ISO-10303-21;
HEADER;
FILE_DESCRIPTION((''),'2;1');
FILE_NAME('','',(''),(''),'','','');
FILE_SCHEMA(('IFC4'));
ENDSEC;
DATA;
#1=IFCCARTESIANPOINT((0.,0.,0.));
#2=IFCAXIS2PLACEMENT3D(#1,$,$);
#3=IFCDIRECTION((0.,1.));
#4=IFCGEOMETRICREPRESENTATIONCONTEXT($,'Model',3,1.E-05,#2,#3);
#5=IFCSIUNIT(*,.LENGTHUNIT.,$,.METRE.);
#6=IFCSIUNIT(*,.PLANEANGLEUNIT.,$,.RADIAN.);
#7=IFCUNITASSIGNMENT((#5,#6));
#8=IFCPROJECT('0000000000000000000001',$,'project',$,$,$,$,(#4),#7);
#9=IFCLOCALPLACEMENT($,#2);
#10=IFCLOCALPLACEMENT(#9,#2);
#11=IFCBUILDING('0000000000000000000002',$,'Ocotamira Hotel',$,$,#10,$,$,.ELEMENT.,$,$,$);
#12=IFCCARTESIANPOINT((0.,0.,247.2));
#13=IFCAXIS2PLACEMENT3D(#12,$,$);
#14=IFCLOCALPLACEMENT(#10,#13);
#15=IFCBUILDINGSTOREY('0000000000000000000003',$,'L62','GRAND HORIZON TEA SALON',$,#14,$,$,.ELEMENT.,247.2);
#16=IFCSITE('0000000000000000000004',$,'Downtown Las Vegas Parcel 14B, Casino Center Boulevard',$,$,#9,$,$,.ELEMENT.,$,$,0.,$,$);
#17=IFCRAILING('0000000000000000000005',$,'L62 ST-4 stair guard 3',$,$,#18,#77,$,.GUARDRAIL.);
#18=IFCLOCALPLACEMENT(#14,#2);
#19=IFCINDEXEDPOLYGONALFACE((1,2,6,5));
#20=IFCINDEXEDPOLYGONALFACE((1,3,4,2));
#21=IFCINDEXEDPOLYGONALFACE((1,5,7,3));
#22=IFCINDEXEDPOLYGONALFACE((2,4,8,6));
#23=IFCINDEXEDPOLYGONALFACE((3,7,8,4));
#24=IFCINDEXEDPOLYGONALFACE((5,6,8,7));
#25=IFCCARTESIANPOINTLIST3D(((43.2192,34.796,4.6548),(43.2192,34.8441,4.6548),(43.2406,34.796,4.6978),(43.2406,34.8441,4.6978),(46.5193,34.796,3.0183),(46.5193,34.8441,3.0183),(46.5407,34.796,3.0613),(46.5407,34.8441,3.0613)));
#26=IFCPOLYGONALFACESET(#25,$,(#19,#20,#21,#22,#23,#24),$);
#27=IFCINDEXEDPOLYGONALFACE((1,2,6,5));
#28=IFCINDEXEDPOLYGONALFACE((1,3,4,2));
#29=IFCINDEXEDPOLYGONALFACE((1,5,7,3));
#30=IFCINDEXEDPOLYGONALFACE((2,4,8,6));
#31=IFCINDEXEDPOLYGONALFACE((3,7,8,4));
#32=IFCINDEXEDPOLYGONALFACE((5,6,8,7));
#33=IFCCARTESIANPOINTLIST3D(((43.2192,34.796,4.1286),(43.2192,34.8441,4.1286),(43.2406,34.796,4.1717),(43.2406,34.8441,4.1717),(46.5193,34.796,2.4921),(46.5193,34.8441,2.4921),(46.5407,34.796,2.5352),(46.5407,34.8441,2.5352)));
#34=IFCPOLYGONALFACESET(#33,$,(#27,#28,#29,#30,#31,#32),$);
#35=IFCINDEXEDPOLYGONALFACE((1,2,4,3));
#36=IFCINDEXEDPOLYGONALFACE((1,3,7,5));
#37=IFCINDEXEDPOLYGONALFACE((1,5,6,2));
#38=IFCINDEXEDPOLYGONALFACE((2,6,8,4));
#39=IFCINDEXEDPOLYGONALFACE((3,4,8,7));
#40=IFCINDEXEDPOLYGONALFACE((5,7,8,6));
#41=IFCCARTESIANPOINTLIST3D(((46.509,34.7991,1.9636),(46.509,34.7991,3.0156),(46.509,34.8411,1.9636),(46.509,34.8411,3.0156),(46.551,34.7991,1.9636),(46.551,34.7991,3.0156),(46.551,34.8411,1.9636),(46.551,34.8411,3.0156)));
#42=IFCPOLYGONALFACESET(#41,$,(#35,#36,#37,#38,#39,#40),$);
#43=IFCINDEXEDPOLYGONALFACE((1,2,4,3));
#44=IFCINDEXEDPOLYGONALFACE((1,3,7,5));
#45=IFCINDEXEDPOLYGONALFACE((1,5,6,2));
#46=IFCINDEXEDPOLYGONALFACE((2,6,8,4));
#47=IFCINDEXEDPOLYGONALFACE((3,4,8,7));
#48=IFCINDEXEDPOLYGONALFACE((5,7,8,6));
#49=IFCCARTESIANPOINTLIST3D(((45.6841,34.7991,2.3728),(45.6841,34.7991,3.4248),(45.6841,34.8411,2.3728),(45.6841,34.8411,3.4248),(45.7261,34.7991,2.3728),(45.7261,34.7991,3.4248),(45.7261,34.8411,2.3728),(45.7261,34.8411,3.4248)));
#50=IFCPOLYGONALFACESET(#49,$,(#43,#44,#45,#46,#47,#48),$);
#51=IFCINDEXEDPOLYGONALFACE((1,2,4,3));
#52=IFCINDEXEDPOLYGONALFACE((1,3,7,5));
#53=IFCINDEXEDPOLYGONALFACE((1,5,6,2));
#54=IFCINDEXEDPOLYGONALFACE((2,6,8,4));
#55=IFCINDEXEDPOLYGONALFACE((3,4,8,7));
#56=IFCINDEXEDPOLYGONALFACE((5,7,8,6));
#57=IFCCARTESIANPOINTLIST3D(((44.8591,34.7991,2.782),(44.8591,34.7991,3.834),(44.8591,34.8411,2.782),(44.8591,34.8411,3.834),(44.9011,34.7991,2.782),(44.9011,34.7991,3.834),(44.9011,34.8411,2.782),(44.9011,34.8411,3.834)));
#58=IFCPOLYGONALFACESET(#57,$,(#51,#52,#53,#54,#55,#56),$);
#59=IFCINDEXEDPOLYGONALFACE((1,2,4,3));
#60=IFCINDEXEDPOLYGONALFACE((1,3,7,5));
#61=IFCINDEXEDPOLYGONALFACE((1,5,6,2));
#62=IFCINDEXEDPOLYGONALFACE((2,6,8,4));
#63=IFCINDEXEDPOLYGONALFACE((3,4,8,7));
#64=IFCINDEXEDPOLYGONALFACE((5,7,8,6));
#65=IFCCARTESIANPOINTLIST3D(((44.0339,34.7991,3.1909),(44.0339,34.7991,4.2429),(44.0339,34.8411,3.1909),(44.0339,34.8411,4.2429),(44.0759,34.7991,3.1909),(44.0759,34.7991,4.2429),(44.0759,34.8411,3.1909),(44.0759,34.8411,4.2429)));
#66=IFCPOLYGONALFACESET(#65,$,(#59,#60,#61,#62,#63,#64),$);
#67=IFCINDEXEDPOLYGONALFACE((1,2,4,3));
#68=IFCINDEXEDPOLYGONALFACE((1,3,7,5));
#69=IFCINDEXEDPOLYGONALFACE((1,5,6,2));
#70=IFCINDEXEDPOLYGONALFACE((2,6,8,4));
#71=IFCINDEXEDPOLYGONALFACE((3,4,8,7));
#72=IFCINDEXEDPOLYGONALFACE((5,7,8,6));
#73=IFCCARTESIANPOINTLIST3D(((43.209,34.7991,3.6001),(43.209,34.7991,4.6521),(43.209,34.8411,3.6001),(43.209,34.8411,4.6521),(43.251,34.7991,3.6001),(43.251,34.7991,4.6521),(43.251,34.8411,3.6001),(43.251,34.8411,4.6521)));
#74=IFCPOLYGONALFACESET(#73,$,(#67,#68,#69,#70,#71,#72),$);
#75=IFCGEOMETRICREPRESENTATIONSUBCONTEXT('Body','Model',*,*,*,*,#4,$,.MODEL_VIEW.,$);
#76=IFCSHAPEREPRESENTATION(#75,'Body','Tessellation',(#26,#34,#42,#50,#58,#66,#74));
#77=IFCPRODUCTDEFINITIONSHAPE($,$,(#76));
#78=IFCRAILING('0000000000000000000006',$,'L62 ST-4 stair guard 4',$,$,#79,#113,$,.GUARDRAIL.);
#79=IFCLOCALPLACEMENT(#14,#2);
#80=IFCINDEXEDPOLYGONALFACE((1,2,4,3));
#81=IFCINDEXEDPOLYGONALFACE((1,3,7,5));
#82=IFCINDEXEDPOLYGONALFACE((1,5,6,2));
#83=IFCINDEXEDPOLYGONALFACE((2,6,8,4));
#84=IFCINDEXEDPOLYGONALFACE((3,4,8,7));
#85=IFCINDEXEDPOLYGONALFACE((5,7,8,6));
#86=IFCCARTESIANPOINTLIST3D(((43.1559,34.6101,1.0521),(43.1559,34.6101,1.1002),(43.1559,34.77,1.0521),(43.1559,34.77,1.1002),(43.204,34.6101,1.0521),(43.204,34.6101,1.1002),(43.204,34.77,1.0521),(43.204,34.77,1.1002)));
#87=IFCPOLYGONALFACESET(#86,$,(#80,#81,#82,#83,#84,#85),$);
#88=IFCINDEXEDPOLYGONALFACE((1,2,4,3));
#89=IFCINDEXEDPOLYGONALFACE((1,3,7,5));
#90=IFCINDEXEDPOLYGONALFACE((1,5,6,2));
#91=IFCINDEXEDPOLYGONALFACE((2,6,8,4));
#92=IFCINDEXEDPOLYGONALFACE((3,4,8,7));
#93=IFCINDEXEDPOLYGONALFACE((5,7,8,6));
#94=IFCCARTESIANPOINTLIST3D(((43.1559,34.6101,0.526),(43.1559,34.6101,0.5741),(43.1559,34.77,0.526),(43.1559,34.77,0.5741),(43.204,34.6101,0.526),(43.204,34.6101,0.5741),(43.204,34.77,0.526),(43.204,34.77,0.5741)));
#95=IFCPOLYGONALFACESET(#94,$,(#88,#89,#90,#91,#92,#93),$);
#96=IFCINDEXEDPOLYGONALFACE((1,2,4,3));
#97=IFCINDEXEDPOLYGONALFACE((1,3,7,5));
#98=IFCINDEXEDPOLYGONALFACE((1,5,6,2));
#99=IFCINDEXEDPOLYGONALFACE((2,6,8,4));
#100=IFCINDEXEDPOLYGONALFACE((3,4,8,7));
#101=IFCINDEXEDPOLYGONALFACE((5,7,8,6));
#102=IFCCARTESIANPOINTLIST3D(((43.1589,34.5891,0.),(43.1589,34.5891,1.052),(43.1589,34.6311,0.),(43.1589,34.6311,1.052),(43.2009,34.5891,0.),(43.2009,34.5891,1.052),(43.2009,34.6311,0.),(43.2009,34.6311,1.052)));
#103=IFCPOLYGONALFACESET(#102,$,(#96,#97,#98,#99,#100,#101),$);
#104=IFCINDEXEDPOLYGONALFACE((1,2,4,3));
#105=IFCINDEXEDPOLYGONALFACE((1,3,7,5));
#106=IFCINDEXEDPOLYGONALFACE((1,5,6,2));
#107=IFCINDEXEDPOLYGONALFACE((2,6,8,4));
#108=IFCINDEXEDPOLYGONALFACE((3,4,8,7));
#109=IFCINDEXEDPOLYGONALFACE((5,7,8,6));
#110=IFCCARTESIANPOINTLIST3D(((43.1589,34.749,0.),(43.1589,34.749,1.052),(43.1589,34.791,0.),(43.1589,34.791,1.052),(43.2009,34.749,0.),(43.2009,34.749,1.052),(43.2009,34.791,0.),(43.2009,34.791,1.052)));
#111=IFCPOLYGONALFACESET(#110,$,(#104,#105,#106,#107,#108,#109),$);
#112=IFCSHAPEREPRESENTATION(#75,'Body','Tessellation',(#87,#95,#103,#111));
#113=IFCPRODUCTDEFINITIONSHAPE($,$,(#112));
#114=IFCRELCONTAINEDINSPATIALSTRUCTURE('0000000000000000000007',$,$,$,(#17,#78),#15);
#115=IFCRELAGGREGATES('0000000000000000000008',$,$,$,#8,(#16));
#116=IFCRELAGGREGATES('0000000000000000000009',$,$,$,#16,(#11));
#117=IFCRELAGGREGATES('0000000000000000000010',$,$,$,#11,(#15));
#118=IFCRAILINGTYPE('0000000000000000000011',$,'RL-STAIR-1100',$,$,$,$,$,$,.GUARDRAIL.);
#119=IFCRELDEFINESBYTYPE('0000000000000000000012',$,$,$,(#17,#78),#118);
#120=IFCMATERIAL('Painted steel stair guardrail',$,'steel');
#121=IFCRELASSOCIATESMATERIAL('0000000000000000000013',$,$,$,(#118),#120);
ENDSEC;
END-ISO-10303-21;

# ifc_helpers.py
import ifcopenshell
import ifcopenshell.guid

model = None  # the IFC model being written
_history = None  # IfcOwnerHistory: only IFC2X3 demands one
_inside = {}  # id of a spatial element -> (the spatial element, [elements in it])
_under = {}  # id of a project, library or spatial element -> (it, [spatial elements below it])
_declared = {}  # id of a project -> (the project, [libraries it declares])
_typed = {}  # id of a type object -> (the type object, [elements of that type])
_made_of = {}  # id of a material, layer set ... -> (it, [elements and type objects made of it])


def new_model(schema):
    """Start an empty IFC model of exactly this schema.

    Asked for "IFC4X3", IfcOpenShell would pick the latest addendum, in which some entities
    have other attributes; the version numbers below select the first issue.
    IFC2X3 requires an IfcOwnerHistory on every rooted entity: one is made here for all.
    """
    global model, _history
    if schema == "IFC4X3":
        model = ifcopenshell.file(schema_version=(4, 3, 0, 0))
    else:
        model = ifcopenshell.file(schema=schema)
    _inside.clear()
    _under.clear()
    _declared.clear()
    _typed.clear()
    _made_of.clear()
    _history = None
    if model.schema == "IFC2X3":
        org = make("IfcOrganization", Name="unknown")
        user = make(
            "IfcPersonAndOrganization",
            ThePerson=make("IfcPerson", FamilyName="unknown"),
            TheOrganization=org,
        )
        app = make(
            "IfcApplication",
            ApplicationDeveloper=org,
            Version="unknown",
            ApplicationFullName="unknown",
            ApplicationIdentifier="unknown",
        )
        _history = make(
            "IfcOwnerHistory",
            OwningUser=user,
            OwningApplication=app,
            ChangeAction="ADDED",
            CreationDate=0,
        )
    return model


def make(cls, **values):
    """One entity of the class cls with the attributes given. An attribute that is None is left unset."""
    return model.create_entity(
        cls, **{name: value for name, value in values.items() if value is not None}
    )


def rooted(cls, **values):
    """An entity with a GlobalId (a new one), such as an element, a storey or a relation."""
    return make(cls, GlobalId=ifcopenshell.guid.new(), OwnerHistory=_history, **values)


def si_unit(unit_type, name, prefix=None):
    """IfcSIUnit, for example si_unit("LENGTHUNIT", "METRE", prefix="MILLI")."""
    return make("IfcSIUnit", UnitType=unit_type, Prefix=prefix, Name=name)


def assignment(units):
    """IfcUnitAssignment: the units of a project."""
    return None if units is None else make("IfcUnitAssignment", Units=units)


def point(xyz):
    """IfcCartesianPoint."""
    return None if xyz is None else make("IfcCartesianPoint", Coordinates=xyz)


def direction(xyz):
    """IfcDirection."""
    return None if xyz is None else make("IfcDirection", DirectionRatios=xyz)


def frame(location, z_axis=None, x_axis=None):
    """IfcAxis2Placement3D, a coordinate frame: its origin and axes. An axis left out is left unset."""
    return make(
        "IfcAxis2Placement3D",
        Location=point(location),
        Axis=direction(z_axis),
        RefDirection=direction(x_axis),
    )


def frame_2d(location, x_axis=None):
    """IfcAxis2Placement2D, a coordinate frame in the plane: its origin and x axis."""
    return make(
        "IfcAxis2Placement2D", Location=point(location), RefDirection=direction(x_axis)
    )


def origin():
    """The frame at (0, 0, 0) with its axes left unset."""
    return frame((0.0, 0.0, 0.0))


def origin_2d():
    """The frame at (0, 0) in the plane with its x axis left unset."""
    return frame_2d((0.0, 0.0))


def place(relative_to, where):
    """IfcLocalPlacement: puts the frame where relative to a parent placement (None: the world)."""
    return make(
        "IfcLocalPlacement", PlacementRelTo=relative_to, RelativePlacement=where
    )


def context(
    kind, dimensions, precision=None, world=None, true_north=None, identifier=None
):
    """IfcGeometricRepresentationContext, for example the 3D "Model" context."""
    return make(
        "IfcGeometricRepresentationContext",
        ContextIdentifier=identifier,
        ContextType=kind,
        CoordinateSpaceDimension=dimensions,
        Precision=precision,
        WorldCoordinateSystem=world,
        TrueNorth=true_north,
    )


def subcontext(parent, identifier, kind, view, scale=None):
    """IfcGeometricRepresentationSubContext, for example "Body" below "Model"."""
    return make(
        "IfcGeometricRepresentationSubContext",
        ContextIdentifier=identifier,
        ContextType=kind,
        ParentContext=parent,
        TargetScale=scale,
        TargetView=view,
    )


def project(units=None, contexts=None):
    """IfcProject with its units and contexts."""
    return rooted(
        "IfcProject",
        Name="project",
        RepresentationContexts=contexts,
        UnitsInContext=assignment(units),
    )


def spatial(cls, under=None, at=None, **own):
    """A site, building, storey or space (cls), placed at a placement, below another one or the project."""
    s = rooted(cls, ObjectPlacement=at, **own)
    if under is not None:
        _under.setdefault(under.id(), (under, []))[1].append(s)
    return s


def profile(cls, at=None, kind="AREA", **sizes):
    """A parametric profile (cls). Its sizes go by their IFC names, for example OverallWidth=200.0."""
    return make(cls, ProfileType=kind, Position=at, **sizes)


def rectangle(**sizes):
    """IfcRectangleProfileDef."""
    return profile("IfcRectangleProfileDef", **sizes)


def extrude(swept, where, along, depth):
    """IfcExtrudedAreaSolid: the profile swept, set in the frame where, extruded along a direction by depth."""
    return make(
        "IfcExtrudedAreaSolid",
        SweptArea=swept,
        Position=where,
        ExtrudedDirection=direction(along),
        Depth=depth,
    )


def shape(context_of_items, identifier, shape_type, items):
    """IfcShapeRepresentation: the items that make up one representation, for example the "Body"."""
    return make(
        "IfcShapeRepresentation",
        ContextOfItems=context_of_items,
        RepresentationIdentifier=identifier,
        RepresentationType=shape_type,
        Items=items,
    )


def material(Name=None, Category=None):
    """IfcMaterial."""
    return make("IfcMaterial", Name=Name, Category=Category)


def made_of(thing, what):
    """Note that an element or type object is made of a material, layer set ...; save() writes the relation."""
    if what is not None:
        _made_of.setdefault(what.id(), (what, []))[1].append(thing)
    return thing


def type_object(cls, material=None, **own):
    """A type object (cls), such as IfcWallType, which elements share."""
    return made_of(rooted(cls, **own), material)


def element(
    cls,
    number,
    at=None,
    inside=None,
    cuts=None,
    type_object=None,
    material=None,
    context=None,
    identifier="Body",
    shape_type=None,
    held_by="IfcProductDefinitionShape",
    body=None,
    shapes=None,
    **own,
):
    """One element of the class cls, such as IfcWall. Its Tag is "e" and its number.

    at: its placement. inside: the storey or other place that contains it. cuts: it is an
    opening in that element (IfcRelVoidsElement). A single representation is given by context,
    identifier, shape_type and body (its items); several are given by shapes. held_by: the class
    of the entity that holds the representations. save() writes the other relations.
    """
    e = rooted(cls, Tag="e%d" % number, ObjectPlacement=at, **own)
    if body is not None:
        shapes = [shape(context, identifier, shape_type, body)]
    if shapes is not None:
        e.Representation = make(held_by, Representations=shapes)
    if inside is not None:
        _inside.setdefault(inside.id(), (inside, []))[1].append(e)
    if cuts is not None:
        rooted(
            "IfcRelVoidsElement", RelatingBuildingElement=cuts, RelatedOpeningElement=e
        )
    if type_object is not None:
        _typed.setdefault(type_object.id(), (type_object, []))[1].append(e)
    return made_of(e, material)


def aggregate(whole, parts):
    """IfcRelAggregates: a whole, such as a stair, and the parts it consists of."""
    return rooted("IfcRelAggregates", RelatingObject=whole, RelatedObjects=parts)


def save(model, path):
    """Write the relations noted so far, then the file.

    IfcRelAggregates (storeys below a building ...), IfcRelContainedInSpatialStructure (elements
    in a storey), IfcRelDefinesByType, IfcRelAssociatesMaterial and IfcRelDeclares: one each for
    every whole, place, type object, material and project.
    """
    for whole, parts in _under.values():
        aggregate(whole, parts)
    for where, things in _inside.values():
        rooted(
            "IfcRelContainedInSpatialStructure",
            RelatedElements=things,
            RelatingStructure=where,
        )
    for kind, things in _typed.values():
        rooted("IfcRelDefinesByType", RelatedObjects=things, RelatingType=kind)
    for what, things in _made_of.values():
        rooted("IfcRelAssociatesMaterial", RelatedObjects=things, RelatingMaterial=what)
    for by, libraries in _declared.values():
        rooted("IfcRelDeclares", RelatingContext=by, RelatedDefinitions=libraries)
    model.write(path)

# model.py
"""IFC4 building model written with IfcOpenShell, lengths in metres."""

from ifc_helpers import new_model, si_unit, direction, frame, origin, origin_2d, place, context, subcontext, project, spatial, rectangle, extrude, material, type_object, element, save


model = new_model("IFC4")

# Units and contexts
model_context = context("Model", 3, precision=1e-05, world=origin(), true_north=direction((0.0, 1.0)))
body_context = subcontext(model_context, "Body", "Model", "MODEL_VIEW")
ifc_project = project(units=[si_unit("LENGTHUNIT", "METRE"), si_unit("PLANEANGLEUNIT", "RADIAN")], contexts=[model_context])

# Site, building, storey
site_placement = place(None, origin())
site = spatial("IfcSite", under=ifc_project, at=site_placement, Name="Downtown Las Vegas Parcel 14B, Casino Center Boulevard", CompositionType="ELEMENT", RefElevation=0.0)
building_placement = place(site_placement, origin())
building = spatial("IfcBuilding", under=site, at=building_placement, Name="Ocotamira Hotel", CompositionType="ELEMENT")
storey_placement = place(building_placement, frame((0.0, 0.0, 247.2)))
storey = spatial("IfcBuildingStorey", under=building, at=storey_placement, Name="L62", Description="GRAND HORIZON TEA SALON", CompositionType="ELEMENT", Elevation=247.2)

# Railings
ifc_material_1 = material(Name="Painted steel stair guardrail", Category="steel")
railing_type_1 = type_object("IfcRailingType", Name="RL-STAIR-1100", PredefinedType="GUARDRAIL", material=ifc_material_1)
railing_1_placement = place(storey_placement, frame((46.53, 34.8201, 1.9636)))
element("IfcRailing", 1, at=railing_1_placement, inside=storey, type_object=railing_type_1, Name="L62 ST-4 stair guard 3", PredefinedType="GUARDRAIL", context=body_context, shape_type="SweptSolid", body=[
    extrude(rectangle(XDim=0.0481, YDim=0.0481, at=origin_2d()), frame((0.0, 0.0, 1.0762), z_axis=(-0.895894, 0.0, 0.444268), x_axis=(0.0, -1.0, 0.0)), (0.0, 0.0, 1.0), 3.6836),
    extrude(rectangle(XDim=0.0481, YDim=0.0481, at=origin_2d()), frame((0.0, 0.0, 0.55), z_axis=(-0.895894, 0.0, 0.444268), x_axis=(0.0, -1.0, 0.0)), (0.0, 0.0, 1.0), 3.6836),
    extrude(rectangle(XDim=0.042, YDim=0.042, at=origin_2d()), origin(), (0.0, 0.0, 1.0), 1.052),
    extrude(rectangle(XDim=0.042, YDim=0.042, at=origin_2d()), frame((-0.825, 0.0, 0.4092)), (0.0, 0.0, 1.0), 1.052),
    extrude(rectangle(XDim=0.042, YDim=0.042, at=origin_2d()), frame((-1.6499, 0.0, 0.8184)), (0.0, 0.0, 1.0), 1.052),
    extrude(rectangle(XDim=0.042, YDim=0.042, at=origin_2d()), frame((-2.4751, 0.0, 1.2273)), (0.0, 0.0, 1.0), 1.052),
    extrude(rectangle(XDim=0.042, YDim=0.042, at=origin_2d()), frame((-3.3, 0.0, 1.6365)), (0.0, 0.0, 1.0), 1.052),
])
railing_2_placement = place(storey_placement, frame((43.1799, 34.6101, 0.0)))
element("IfcRailing", 2, at=railing_2_placement, inside=storey, type_object=railing_type_1, Name="L62 ST-4 stair guard 4", PredefinedType="GUARDRAIL", context=body_context, shape_type="SweptSolid", body=[
    extrude(rectangle(XDim=0.0481, YDim=0.0481, at=origin_2d()), frame((0.0, 0.0, 1.0762), z_axis=(0.0, 1.0, 0.0), x_axis=(-1.0, 0.0, 0.0)), (0.0, 0.0, 1.0), 0.1599),
    extrude(rectangle(XDim=0.0481, YDim=0.0481, at=origin_2d()), frame((0.0, 0.0, 0.55), z_axis=(0.0, 1.0, 0.0), x_axis=(-1.0, 0.0, 0.0)), (0.0, 0.0, 1.0), 0.1599),
    extrude(rectangle(XDim=0.042, YDim=0.042, at=origin_2d()), origin(), (0.0, 0.0, 1.0), 1.052),
    extrude(rectangle(XDim=0.042, YDim=0.042, at=origin_2d()), frame((0.0, 0.1599, 0.0)), (0.0, 0.0, 1.0), 1.052),
])

save(model, "model.ifc")
